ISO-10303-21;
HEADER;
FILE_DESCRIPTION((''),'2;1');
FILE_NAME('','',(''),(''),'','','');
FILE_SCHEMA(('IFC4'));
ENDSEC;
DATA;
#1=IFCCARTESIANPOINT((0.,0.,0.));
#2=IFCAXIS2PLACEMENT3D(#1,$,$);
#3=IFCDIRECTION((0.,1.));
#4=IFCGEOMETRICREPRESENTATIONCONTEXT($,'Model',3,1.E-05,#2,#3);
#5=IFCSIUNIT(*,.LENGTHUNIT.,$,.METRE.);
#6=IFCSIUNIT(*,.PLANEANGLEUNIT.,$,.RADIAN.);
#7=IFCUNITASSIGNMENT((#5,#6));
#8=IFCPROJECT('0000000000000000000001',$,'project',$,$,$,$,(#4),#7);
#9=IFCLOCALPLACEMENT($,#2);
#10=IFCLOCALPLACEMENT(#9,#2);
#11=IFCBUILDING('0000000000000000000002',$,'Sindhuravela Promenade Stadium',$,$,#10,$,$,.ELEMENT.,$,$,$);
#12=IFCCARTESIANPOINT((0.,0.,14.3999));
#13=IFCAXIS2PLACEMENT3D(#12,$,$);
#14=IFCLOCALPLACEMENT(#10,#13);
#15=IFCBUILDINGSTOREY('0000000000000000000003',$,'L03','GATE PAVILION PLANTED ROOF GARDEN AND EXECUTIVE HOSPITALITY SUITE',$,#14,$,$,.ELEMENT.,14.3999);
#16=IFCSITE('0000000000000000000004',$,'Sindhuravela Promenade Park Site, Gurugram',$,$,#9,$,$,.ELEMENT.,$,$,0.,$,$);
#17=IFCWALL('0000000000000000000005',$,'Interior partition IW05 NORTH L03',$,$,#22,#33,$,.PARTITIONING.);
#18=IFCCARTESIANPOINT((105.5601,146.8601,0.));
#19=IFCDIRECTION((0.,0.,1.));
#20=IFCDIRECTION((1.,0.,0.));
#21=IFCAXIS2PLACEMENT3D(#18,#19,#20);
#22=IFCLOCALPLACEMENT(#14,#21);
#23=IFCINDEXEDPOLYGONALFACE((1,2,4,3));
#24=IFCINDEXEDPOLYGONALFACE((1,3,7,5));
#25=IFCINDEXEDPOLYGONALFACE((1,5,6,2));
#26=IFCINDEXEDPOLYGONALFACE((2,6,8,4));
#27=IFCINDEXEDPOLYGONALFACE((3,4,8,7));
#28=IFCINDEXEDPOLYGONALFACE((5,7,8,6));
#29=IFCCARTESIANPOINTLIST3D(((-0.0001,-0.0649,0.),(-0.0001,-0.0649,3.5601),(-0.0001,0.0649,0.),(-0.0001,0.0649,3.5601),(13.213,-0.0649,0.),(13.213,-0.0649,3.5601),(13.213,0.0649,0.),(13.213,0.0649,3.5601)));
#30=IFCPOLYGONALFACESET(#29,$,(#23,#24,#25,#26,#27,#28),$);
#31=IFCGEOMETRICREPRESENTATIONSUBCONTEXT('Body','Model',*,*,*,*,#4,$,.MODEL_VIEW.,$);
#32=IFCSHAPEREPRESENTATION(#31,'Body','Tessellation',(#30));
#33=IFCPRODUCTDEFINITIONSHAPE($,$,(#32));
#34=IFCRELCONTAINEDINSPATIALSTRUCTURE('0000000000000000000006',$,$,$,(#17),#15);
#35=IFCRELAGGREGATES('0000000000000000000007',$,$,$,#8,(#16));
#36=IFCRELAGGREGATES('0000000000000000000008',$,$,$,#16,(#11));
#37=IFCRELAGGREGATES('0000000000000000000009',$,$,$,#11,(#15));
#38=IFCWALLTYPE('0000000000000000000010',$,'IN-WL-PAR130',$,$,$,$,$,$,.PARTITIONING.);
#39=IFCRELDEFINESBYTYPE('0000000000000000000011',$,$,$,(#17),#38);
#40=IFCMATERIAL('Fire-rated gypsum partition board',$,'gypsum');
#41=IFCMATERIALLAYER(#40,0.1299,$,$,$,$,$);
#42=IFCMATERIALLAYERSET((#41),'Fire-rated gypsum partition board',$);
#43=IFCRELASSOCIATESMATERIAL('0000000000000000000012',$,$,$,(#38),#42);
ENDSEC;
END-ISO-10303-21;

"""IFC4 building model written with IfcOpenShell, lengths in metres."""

from ifc_helpers import new_model, si_unit, direction, frame, frame_2d, origin, place, context, subcontext, project, spatial, rectangle, extrude, material, layer, layer_set, type_object, element, save


model = new_model("IFC4")

# Units and contexts
model_context = context("Model", 3, precision=1e-05, world=origin(), true_north=direction((0.0, 1.0)))
body_context = subcontext(model_context, "Body", "Model", "MODEL_VIEW")
ifc_project = project(units=[si_unit("LENGTHUNIT", "METRE"), si_unit("PLANEANGLEUNIT", "RADIAN")], contexts=[model_context])

# Site, building, storey
site_placement = place(None, origin())
site = spatial("IfcSite", under=ifc_project, at=site_placement, Name="Sindhuravela Promenade Park Site, Gurugram", CompositionType="ELEMENT", RefElevation=0.0)
building_placement = place(site_placement, origin())
building = spatial("IfcBuilding", under=site, at=building_placement, Name="Sindhuravela Promenade Stadium", CompositionType="ELEMENT")
storey_placement = place(building_placement, frame((0.0, 0.0, 14.3999)))
storey = spatial("IfcBuildingStorey", under=building, at=storey_placement, Name="L03", Description="GATE PAVILION PLANTED ROOF GARDEN AND EXECUTIVE HOSPITALITY SUITE", CompositionType="ELEMENT", Elevation=14.3999)

# Wall
ifc_material_1 = material(Name="Fire-rated gypsum partition board", Category="gypsum")
ifc_layer_1 = layer(ifc_material_1, 0.1299)
ifc_layer_set_1 = layer_set([ifc_layer_1], Name="Fire-rated gypsum partition board")
wall_type_1 = type_object("IfcWallType", Name="IN-WL-PAR130", PredefinedType="PARTITIONING", material=ifc_layer_set_1)
wall_1_placement = place(storey_placement, frame((105.5601, 146.8601, 0.0), z_axis=(0.0, 0.0, 1.0), x_axis=(1.0, 0.0, 0.0)))
element("IfcWall", 1, at=wall_1_placement, inside=storey, type_object=wall_type_1, Name="Interior partition IW05 NORTH L03", PredefinedType="PARTITIONING", context=body_context, shape_type="SweptSolid", body=[
    extrude(rectangle(XDim=13.2131, YDim=0.1299, at=frame_2d((6.6064, 0.0))), origin(), (0.0, 0.0, 1.0), 3.5601),
])

save(model, "model.ifc")
